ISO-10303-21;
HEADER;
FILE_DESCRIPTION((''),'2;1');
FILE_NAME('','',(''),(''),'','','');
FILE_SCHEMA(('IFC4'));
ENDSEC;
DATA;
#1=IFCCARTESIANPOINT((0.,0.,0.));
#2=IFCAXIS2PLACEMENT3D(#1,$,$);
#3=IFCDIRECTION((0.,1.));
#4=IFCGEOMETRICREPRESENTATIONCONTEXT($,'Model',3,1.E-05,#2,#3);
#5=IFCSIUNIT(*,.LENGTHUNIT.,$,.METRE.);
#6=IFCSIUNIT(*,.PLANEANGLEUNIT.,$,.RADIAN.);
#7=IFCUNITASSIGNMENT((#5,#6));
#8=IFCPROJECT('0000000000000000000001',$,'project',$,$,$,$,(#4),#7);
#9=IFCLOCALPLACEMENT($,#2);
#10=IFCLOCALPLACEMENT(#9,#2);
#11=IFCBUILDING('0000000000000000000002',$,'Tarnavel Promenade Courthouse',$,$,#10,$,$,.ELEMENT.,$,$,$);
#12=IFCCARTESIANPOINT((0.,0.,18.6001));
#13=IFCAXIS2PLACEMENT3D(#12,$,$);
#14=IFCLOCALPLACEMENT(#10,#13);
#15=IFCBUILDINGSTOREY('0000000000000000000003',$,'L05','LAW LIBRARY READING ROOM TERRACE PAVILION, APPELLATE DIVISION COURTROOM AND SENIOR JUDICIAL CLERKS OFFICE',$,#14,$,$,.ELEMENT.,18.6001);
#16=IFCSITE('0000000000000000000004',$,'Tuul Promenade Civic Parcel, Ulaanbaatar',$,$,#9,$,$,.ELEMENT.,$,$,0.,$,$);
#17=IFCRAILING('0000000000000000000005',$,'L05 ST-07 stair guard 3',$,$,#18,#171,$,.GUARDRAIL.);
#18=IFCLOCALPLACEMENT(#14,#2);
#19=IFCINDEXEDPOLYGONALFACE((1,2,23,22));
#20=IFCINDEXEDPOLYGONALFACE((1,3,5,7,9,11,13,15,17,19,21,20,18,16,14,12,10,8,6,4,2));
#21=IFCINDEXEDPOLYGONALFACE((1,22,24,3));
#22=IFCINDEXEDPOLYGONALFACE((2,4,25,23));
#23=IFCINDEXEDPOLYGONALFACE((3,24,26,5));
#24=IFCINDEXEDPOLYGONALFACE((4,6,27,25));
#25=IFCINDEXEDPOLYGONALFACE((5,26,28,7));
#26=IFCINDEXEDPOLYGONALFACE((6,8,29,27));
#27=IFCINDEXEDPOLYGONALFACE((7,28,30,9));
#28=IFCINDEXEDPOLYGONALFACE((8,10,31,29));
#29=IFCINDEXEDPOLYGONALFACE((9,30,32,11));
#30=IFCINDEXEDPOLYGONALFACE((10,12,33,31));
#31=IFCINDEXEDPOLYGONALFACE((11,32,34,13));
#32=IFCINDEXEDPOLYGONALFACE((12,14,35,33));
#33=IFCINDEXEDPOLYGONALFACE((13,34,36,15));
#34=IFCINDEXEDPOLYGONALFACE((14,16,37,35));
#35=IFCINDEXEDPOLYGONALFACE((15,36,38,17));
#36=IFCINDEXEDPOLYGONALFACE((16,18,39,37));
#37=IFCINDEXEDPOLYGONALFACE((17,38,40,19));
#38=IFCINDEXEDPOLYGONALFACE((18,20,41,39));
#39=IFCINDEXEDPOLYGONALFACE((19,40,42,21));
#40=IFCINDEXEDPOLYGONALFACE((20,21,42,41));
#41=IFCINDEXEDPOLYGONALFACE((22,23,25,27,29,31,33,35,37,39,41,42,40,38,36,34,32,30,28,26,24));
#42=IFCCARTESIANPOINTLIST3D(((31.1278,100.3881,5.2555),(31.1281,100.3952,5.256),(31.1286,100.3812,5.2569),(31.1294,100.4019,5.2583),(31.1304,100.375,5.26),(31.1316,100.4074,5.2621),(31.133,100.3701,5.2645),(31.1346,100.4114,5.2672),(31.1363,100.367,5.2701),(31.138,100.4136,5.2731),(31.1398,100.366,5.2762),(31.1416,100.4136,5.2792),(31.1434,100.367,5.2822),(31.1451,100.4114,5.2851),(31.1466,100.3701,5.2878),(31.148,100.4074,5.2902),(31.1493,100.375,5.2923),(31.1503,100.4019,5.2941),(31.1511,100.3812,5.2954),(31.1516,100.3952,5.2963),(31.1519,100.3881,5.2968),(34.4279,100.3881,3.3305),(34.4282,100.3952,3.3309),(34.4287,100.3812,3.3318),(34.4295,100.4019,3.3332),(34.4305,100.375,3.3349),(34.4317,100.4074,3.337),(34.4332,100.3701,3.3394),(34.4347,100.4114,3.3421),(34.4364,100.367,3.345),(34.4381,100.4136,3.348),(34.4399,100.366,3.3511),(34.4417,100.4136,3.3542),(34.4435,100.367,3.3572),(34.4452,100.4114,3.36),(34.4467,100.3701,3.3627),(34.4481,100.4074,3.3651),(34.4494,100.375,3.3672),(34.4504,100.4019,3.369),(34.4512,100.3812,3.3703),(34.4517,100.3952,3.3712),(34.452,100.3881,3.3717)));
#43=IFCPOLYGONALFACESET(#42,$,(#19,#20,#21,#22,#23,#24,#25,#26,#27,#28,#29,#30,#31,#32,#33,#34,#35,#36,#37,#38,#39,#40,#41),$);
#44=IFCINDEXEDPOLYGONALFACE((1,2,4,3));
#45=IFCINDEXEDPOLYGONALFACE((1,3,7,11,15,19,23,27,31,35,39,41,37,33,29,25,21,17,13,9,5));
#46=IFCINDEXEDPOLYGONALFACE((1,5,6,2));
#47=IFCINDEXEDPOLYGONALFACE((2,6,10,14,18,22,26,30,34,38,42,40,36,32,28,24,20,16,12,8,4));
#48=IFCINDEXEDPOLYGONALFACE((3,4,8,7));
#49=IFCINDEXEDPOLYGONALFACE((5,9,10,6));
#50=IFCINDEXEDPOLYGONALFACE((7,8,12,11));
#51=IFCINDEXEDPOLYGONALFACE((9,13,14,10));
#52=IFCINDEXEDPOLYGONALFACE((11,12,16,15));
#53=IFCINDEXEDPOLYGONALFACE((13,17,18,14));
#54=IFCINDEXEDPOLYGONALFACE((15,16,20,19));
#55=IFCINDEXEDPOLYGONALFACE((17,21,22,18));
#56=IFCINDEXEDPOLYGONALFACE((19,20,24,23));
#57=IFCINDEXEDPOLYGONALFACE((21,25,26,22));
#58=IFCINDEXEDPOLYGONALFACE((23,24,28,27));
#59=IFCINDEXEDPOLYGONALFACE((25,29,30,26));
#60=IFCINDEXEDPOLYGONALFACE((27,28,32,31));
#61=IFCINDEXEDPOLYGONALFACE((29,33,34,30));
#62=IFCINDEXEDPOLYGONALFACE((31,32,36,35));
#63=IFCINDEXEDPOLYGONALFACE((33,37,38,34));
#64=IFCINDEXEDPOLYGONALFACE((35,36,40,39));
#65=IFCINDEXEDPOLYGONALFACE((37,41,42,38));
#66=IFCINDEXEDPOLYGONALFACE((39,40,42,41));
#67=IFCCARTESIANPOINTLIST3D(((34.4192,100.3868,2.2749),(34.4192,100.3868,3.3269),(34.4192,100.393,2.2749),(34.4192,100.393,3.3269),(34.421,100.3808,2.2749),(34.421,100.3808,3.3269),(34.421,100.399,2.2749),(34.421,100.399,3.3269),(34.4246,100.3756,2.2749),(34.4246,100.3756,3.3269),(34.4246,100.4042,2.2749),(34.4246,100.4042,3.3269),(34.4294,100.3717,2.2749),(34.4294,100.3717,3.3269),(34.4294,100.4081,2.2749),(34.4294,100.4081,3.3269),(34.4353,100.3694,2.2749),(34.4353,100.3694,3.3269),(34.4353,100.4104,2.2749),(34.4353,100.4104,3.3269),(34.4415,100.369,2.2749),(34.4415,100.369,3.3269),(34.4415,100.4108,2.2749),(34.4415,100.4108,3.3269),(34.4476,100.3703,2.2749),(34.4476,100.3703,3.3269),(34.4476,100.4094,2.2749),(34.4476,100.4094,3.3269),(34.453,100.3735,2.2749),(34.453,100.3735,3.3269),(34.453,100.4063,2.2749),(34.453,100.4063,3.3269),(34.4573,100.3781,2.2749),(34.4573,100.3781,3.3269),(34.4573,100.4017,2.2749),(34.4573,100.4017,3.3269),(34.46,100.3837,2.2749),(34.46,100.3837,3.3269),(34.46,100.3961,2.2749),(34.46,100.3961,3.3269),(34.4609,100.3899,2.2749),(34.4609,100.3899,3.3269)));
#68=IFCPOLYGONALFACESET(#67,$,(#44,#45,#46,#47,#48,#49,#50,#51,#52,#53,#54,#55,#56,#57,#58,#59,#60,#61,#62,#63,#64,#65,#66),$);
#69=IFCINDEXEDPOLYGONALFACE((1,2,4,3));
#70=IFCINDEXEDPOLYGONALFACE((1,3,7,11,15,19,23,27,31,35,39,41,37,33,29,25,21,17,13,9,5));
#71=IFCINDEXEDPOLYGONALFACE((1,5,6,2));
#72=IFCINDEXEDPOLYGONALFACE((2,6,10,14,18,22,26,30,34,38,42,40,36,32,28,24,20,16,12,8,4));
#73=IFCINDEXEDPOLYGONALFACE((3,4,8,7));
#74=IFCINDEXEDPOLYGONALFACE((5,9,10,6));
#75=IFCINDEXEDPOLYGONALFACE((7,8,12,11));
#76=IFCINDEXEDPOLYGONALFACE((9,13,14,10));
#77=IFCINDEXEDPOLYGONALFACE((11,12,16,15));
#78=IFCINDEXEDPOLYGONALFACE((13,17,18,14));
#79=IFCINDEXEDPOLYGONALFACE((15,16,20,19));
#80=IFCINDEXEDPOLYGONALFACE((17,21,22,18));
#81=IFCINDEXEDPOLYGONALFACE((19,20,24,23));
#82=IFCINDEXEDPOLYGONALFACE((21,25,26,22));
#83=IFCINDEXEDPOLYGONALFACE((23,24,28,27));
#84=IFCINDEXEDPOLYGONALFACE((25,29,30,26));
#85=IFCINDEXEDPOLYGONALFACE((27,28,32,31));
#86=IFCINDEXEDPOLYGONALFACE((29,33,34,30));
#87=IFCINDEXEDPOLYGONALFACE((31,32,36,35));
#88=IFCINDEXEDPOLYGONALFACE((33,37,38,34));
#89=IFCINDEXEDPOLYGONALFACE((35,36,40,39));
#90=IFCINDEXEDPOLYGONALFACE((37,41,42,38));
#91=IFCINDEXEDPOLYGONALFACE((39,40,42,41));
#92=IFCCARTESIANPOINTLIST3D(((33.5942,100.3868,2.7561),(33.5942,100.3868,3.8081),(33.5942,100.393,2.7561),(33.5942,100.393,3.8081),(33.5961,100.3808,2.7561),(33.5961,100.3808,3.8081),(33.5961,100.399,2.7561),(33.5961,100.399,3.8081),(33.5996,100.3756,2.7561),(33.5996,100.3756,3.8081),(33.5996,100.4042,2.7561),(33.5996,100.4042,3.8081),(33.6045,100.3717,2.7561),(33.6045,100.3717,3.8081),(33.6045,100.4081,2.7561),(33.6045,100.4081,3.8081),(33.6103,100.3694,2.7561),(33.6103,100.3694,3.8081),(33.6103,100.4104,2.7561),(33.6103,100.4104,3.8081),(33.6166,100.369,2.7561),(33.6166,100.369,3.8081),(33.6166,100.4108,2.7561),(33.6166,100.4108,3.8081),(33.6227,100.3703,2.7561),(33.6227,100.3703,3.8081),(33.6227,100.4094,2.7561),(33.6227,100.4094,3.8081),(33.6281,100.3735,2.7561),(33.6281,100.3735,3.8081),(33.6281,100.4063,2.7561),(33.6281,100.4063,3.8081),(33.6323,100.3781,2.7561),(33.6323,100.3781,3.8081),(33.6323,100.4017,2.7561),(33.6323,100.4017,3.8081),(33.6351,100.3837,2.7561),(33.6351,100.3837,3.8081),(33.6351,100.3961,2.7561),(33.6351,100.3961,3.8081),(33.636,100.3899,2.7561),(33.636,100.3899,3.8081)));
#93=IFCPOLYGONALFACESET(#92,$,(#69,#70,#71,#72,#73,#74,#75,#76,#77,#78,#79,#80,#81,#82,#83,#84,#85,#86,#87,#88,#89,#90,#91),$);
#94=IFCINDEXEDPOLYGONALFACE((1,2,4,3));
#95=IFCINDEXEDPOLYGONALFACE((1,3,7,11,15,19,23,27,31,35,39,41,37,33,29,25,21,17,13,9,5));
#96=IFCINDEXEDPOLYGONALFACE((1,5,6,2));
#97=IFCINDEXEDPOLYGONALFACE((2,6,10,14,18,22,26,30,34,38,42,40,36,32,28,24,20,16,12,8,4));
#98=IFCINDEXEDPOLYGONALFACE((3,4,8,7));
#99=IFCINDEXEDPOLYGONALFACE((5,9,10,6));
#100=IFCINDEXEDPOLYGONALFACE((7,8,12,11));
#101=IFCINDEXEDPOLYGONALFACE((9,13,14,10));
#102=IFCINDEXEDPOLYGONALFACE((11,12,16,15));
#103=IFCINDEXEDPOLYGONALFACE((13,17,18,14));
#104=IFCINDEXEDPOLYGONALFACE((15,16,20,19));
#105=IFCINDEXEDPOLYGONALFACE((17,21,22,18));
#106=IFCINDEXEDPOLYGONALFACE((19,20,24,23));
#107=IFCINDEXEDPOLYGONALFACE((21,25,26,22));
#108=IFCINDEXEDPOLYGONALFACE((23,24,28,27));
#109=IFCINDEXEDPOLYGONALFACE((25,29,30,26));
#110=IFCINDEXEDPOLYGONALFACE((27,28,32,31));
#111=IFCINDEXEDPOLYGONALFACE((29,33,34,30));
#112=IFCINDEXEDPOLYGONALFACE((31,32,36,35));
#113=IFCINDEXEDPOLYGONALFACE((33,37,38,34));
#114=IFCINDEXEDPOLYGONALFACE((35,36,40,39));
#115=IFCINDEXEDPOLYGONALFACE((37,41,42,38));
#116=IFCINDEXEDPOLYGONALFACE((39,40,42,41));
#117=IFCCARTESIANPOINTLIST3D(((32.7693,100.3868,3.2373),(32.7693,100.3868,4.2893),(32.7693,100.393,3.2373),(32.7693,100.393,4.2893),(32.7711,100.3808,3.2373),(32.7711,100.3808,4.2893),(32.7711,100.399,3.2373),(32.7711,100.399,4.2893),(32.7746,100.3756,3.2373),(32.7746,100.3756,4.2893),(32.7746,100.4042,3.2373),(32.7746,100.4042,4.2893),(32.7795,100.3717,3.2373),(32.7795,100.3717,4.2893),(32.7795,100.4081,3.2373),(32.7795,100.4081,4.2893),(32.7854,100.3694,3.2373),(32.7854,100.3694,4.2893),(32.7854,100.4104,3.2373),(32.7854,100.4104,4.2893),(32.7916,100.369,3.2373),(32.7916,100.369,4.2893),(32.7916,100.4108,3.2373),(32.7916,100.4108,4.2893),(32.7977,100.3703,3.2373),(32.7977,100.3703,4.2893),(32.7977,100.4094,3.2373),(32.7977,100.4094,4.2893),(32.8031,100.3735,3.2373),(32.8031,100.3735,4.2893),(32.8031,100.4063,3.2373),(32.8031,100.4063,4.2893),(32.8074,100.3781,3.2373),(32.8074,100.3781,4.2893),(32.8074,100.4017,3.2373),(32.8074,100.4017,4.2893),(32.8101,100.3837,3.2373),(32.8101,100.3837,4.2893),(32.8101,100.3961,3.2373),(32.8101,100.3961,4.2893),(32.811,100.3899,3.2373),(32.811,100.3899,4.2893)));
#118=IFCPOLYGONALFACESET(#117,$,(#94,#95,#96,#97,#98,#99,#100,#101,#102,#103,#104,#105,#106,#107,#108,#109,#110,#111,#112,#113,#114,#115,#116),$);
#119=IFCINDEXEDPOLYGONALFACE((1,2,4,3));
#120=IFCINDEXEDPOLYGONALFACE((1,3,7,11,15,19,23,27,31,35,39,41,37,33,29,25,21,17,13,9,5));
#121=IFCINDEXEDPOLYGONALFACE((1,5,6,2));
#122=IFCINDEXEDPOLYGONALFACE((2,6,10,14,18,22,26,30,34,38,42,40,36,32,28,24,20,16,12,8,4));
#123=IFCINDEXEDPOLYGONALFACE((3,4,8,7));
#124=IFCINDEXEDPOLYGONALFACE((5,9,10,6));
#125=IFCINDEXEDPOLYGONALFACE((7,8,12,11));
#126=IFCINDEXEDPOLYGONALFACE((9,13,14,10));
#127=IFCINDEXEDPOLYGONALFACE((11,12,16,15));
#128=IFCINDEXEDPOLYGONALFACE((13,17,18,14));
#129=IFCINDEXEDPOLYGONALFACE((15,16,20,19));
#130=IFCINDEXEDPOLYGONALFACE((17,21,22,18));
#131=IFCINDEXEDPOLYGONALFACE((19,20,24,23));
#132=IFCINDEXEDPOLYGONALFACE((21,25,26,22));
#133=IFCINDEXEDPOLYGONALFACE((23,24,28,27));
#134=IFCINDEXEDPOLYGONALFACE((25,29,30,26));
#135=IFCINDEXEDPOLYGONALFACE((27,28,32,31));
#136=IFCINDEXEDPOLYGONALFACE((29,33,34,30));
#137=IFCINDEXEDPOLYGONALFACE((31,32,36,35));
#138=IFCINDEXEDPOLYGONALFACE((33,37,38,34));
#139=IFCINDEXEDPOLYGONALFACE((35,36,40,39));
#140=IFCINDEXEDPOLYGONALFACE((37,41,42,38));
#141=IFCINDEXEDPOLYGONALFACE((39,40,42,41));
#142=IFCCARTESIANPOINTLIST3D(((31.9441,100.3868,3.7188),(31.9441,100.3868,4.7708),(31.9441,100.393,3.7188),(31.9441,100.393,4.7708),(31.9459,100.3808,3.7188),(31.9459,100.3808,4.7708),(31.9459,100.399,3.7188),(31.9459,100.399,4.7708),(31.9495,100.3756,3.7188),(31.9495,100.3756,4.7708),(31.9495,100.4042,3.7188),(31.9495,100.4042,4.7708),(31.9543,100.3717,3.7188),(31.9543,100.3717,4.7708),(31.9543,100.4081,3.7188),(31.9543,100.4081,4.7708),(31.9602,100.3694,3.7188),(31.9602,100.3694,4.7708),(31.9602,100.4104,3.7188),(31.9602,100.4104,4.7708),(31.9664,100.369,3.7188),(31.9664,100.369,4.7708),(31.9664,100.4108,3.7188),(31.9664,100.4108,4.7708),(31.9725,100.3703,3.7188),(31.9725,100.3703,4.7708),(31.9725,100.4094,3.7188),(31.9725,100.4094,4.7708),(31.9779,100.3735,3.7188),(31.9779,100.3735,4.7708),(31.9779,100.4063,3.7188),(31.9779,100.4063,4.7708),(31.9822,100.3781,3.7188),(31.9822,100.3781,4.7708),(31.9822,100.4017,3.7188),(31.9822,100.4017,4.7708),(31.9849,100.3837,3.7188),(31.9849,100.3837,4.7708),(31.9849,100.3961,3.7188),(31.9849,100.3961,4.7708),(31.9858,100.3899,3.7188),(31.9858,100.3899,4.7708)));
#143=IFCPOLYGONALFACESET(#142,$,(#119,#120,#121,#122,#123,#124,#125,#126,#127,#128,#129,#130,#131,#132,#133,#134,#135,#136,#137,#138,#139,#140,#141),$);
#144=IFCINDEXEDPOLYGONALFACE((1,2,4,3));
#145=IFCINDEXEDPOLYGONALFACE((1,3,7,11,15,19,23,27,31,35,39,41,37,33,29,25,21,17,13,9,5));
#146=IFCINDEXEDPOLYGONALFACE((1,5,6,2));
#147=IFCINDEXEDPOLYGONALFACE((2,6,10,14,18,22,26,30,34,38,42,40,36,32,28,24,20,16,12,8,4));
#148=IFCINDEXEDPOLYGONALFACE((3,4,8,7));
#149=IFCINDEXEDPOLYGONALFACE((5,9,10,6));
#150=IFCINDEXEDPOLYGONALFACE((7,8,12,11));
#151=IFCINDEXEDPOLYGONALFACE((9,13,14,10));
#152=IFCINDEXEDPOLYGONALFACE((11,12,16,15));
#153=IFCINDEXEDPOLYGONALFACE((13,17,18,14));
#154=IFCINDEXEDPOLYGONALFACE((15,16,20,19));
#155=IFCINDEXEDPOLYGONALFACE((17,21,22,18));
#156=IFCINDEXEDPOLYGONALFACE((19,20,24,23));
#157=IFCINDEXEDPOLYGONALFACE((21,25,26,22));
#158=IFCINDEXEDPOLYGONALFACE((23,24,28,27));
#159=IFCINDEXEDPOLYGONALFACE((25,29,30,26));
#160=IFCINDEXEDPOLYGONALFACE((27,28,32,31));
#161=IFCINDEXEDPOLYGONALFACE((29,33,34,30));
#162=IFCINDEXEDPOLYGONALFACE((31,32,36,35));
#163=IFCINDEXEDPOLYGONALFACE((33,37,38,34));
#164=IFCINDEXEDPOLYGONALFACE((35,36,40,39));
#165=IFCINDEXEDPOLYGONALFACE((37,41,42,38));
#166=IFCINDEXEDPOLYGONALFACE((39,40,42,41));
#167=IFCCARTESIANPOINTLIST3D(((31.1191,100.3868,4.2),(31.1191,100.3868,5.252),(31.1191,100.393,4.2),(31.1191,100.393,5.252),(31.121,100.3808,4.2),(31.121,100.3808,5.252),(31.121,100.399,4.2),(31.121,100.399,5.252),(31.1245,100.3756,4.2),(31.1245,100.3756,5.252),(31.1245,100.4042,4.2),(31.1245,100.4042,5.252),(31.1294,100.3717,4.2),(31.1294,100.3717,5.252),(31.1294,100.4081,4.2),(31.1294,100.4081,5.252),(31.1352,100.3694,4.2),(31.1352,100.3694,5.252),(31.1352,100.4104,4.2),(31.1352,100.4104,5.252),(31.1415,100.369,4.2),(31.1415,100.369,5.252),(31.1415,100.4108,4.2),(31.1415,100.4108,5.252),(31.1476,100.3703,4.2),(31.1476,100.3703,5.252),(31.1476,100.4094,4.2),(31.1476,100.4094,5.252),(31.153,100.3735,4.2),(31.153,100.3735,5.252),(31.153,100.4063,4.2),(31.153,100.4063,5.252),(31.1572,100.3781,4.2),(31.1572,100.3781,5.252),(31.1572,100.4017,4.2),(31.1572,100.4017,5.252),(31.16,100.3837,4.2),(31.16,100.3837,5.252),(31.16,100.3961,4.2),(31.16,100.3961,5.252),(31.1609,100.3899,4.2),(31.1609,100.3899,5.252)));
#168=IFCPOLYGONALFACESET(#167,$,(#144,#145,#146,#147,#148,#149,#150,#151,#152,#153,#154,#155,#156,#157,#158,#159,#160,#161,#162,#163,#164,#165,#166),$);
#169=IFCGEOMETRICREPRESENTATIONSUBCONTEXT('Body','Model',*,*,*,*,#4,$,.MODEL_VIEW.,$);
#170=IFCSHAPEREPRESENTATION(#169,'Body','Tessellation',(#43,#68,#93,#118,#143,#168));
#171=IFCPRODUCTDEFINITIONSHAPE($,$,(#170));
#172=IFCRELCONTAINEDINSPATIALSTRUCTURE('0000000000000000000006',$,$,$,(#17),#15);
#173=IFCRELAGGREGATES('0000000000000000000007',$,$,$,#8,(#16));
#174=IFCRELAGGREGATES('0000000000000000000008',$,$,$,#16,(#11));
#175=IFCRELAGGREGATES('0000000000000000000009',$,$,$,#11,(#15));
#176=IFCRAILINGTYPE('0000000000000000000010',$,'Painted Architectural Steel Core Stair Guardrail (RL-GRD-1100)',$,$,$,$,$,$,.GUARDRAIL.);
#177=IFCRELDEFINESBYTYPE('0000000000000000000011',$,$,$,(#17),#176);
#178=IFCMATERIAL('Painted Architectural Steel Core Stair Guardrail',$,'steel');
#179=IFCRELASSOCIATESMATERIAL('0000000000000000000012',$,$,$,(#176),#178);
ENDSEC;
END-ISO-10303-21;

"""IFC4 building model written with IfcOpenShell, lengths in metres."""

from ifc_helpers import new_model, si_unit, direction, frame, origin, origin_2d, place, context, subcontext, project, spatial, circle, extrude, material, type_object, element, save


model = new_model("IFC4")

# Units and contexts
model_context = context("Model", 3, precision=1e-05, world=origin(), true_north=direction((0.0, 1.0)))
body_context = subcontext(model_context, "Body", "Model", "MODEL_VIEW")
ifc_project = project(units=[si_unit("LENGTHUNIT", "METRE"), si_unit("PLANEANGLEUNIT", "RADIAN")], contexts=[model_context])

# Site, building, storey
site_placement = place(None, origin())
site = spatial("IfcSite", under=ifc_project, at=site_placement, Name="Tuul Promenade Civic Parcel, Ulaanbaatar", CompositionType="ELEMENT", RefElevation=0.0)
building_placement = place(site_placement, origin())
building = spatial("IfcBuilding", under=site, at=building_placement, Name="Tarnavel Promenade Courthouse", CompositionType="ELEMENT")
storey_placement = place(building_placement, frame((0.0, 0.0, 18.6001)))
storey = spatial("IfcBuildingStorey", under=building, at=storey_placement, Name="L05", Description="LAW LIBRARY READING ROOM TERRACE PAVILION, APPELLATE DIVISION COURTROOM AND SENIOR JUDICIAL CLERKS OFFICE", CompositionType="ELEMENT", Elevation=18.6001)

# Railing
ifc_material_1 = material(Name="Painted Architectural Steel Core Stair Guardrail", Category="steel")
railing_type_1 = type_object("IfcRailingType", Name="Painted Architectural Steel Core Stair Guardrail (RL-GRD-1100)", PredefinedType="GUARDRAIL", material=ifc_material_1)
railing_1_placement = place(storey_placement, frame((34.4399, 100.3899, 2.2749)))
element("IfcRailing", 1, at=railing_1_placement, inside=storey, type_object=railing_type_1, Name="L05 ST-07 stair guard 3", PredefinedType="GUARDRAIL", context=body_context, shape_type="SweptSolid", body=[
    extrude(circle(Radius=0.0239, at=origin_2d()), frame((0.0, 0.0, 1.0762), z_axis=(-0.863777, 0.0, 0.503875), x_axis=(0.0, -1.0, 0.0)), (0.0, 0.0, 1.0), 3.8206),
    extrude(circle(Radius=0.021, at=origin_2d()), origin(), (0.0, 0.0, 1.0), 1.052),
    extrude(circle(Radius=0.021, at=origin_2d()), frame((-0.825, 0.0, 0.4812)), (0.0, 0.0, 1.0), 1.052),
    extrude(circle(Radius=0.021, at=origin_2d()), frame((-1.6499, 0.0, 0.9624)), (0.0, 0.0, 1.0), 1.052),
    extrude(circle(Radius=0.021, at=origin_2d()), frame((-2.4751, 0.0, 1.4438)), (0.0, 0.0, 1.0), 1.052),
    extrude(circle(Radius=0.021, at=origin_2d()), frame((-3.3, 0.0, 1.925)), (0.0, 0.0, 1.0), 1.052),
])

save(model, "model.ifc")
